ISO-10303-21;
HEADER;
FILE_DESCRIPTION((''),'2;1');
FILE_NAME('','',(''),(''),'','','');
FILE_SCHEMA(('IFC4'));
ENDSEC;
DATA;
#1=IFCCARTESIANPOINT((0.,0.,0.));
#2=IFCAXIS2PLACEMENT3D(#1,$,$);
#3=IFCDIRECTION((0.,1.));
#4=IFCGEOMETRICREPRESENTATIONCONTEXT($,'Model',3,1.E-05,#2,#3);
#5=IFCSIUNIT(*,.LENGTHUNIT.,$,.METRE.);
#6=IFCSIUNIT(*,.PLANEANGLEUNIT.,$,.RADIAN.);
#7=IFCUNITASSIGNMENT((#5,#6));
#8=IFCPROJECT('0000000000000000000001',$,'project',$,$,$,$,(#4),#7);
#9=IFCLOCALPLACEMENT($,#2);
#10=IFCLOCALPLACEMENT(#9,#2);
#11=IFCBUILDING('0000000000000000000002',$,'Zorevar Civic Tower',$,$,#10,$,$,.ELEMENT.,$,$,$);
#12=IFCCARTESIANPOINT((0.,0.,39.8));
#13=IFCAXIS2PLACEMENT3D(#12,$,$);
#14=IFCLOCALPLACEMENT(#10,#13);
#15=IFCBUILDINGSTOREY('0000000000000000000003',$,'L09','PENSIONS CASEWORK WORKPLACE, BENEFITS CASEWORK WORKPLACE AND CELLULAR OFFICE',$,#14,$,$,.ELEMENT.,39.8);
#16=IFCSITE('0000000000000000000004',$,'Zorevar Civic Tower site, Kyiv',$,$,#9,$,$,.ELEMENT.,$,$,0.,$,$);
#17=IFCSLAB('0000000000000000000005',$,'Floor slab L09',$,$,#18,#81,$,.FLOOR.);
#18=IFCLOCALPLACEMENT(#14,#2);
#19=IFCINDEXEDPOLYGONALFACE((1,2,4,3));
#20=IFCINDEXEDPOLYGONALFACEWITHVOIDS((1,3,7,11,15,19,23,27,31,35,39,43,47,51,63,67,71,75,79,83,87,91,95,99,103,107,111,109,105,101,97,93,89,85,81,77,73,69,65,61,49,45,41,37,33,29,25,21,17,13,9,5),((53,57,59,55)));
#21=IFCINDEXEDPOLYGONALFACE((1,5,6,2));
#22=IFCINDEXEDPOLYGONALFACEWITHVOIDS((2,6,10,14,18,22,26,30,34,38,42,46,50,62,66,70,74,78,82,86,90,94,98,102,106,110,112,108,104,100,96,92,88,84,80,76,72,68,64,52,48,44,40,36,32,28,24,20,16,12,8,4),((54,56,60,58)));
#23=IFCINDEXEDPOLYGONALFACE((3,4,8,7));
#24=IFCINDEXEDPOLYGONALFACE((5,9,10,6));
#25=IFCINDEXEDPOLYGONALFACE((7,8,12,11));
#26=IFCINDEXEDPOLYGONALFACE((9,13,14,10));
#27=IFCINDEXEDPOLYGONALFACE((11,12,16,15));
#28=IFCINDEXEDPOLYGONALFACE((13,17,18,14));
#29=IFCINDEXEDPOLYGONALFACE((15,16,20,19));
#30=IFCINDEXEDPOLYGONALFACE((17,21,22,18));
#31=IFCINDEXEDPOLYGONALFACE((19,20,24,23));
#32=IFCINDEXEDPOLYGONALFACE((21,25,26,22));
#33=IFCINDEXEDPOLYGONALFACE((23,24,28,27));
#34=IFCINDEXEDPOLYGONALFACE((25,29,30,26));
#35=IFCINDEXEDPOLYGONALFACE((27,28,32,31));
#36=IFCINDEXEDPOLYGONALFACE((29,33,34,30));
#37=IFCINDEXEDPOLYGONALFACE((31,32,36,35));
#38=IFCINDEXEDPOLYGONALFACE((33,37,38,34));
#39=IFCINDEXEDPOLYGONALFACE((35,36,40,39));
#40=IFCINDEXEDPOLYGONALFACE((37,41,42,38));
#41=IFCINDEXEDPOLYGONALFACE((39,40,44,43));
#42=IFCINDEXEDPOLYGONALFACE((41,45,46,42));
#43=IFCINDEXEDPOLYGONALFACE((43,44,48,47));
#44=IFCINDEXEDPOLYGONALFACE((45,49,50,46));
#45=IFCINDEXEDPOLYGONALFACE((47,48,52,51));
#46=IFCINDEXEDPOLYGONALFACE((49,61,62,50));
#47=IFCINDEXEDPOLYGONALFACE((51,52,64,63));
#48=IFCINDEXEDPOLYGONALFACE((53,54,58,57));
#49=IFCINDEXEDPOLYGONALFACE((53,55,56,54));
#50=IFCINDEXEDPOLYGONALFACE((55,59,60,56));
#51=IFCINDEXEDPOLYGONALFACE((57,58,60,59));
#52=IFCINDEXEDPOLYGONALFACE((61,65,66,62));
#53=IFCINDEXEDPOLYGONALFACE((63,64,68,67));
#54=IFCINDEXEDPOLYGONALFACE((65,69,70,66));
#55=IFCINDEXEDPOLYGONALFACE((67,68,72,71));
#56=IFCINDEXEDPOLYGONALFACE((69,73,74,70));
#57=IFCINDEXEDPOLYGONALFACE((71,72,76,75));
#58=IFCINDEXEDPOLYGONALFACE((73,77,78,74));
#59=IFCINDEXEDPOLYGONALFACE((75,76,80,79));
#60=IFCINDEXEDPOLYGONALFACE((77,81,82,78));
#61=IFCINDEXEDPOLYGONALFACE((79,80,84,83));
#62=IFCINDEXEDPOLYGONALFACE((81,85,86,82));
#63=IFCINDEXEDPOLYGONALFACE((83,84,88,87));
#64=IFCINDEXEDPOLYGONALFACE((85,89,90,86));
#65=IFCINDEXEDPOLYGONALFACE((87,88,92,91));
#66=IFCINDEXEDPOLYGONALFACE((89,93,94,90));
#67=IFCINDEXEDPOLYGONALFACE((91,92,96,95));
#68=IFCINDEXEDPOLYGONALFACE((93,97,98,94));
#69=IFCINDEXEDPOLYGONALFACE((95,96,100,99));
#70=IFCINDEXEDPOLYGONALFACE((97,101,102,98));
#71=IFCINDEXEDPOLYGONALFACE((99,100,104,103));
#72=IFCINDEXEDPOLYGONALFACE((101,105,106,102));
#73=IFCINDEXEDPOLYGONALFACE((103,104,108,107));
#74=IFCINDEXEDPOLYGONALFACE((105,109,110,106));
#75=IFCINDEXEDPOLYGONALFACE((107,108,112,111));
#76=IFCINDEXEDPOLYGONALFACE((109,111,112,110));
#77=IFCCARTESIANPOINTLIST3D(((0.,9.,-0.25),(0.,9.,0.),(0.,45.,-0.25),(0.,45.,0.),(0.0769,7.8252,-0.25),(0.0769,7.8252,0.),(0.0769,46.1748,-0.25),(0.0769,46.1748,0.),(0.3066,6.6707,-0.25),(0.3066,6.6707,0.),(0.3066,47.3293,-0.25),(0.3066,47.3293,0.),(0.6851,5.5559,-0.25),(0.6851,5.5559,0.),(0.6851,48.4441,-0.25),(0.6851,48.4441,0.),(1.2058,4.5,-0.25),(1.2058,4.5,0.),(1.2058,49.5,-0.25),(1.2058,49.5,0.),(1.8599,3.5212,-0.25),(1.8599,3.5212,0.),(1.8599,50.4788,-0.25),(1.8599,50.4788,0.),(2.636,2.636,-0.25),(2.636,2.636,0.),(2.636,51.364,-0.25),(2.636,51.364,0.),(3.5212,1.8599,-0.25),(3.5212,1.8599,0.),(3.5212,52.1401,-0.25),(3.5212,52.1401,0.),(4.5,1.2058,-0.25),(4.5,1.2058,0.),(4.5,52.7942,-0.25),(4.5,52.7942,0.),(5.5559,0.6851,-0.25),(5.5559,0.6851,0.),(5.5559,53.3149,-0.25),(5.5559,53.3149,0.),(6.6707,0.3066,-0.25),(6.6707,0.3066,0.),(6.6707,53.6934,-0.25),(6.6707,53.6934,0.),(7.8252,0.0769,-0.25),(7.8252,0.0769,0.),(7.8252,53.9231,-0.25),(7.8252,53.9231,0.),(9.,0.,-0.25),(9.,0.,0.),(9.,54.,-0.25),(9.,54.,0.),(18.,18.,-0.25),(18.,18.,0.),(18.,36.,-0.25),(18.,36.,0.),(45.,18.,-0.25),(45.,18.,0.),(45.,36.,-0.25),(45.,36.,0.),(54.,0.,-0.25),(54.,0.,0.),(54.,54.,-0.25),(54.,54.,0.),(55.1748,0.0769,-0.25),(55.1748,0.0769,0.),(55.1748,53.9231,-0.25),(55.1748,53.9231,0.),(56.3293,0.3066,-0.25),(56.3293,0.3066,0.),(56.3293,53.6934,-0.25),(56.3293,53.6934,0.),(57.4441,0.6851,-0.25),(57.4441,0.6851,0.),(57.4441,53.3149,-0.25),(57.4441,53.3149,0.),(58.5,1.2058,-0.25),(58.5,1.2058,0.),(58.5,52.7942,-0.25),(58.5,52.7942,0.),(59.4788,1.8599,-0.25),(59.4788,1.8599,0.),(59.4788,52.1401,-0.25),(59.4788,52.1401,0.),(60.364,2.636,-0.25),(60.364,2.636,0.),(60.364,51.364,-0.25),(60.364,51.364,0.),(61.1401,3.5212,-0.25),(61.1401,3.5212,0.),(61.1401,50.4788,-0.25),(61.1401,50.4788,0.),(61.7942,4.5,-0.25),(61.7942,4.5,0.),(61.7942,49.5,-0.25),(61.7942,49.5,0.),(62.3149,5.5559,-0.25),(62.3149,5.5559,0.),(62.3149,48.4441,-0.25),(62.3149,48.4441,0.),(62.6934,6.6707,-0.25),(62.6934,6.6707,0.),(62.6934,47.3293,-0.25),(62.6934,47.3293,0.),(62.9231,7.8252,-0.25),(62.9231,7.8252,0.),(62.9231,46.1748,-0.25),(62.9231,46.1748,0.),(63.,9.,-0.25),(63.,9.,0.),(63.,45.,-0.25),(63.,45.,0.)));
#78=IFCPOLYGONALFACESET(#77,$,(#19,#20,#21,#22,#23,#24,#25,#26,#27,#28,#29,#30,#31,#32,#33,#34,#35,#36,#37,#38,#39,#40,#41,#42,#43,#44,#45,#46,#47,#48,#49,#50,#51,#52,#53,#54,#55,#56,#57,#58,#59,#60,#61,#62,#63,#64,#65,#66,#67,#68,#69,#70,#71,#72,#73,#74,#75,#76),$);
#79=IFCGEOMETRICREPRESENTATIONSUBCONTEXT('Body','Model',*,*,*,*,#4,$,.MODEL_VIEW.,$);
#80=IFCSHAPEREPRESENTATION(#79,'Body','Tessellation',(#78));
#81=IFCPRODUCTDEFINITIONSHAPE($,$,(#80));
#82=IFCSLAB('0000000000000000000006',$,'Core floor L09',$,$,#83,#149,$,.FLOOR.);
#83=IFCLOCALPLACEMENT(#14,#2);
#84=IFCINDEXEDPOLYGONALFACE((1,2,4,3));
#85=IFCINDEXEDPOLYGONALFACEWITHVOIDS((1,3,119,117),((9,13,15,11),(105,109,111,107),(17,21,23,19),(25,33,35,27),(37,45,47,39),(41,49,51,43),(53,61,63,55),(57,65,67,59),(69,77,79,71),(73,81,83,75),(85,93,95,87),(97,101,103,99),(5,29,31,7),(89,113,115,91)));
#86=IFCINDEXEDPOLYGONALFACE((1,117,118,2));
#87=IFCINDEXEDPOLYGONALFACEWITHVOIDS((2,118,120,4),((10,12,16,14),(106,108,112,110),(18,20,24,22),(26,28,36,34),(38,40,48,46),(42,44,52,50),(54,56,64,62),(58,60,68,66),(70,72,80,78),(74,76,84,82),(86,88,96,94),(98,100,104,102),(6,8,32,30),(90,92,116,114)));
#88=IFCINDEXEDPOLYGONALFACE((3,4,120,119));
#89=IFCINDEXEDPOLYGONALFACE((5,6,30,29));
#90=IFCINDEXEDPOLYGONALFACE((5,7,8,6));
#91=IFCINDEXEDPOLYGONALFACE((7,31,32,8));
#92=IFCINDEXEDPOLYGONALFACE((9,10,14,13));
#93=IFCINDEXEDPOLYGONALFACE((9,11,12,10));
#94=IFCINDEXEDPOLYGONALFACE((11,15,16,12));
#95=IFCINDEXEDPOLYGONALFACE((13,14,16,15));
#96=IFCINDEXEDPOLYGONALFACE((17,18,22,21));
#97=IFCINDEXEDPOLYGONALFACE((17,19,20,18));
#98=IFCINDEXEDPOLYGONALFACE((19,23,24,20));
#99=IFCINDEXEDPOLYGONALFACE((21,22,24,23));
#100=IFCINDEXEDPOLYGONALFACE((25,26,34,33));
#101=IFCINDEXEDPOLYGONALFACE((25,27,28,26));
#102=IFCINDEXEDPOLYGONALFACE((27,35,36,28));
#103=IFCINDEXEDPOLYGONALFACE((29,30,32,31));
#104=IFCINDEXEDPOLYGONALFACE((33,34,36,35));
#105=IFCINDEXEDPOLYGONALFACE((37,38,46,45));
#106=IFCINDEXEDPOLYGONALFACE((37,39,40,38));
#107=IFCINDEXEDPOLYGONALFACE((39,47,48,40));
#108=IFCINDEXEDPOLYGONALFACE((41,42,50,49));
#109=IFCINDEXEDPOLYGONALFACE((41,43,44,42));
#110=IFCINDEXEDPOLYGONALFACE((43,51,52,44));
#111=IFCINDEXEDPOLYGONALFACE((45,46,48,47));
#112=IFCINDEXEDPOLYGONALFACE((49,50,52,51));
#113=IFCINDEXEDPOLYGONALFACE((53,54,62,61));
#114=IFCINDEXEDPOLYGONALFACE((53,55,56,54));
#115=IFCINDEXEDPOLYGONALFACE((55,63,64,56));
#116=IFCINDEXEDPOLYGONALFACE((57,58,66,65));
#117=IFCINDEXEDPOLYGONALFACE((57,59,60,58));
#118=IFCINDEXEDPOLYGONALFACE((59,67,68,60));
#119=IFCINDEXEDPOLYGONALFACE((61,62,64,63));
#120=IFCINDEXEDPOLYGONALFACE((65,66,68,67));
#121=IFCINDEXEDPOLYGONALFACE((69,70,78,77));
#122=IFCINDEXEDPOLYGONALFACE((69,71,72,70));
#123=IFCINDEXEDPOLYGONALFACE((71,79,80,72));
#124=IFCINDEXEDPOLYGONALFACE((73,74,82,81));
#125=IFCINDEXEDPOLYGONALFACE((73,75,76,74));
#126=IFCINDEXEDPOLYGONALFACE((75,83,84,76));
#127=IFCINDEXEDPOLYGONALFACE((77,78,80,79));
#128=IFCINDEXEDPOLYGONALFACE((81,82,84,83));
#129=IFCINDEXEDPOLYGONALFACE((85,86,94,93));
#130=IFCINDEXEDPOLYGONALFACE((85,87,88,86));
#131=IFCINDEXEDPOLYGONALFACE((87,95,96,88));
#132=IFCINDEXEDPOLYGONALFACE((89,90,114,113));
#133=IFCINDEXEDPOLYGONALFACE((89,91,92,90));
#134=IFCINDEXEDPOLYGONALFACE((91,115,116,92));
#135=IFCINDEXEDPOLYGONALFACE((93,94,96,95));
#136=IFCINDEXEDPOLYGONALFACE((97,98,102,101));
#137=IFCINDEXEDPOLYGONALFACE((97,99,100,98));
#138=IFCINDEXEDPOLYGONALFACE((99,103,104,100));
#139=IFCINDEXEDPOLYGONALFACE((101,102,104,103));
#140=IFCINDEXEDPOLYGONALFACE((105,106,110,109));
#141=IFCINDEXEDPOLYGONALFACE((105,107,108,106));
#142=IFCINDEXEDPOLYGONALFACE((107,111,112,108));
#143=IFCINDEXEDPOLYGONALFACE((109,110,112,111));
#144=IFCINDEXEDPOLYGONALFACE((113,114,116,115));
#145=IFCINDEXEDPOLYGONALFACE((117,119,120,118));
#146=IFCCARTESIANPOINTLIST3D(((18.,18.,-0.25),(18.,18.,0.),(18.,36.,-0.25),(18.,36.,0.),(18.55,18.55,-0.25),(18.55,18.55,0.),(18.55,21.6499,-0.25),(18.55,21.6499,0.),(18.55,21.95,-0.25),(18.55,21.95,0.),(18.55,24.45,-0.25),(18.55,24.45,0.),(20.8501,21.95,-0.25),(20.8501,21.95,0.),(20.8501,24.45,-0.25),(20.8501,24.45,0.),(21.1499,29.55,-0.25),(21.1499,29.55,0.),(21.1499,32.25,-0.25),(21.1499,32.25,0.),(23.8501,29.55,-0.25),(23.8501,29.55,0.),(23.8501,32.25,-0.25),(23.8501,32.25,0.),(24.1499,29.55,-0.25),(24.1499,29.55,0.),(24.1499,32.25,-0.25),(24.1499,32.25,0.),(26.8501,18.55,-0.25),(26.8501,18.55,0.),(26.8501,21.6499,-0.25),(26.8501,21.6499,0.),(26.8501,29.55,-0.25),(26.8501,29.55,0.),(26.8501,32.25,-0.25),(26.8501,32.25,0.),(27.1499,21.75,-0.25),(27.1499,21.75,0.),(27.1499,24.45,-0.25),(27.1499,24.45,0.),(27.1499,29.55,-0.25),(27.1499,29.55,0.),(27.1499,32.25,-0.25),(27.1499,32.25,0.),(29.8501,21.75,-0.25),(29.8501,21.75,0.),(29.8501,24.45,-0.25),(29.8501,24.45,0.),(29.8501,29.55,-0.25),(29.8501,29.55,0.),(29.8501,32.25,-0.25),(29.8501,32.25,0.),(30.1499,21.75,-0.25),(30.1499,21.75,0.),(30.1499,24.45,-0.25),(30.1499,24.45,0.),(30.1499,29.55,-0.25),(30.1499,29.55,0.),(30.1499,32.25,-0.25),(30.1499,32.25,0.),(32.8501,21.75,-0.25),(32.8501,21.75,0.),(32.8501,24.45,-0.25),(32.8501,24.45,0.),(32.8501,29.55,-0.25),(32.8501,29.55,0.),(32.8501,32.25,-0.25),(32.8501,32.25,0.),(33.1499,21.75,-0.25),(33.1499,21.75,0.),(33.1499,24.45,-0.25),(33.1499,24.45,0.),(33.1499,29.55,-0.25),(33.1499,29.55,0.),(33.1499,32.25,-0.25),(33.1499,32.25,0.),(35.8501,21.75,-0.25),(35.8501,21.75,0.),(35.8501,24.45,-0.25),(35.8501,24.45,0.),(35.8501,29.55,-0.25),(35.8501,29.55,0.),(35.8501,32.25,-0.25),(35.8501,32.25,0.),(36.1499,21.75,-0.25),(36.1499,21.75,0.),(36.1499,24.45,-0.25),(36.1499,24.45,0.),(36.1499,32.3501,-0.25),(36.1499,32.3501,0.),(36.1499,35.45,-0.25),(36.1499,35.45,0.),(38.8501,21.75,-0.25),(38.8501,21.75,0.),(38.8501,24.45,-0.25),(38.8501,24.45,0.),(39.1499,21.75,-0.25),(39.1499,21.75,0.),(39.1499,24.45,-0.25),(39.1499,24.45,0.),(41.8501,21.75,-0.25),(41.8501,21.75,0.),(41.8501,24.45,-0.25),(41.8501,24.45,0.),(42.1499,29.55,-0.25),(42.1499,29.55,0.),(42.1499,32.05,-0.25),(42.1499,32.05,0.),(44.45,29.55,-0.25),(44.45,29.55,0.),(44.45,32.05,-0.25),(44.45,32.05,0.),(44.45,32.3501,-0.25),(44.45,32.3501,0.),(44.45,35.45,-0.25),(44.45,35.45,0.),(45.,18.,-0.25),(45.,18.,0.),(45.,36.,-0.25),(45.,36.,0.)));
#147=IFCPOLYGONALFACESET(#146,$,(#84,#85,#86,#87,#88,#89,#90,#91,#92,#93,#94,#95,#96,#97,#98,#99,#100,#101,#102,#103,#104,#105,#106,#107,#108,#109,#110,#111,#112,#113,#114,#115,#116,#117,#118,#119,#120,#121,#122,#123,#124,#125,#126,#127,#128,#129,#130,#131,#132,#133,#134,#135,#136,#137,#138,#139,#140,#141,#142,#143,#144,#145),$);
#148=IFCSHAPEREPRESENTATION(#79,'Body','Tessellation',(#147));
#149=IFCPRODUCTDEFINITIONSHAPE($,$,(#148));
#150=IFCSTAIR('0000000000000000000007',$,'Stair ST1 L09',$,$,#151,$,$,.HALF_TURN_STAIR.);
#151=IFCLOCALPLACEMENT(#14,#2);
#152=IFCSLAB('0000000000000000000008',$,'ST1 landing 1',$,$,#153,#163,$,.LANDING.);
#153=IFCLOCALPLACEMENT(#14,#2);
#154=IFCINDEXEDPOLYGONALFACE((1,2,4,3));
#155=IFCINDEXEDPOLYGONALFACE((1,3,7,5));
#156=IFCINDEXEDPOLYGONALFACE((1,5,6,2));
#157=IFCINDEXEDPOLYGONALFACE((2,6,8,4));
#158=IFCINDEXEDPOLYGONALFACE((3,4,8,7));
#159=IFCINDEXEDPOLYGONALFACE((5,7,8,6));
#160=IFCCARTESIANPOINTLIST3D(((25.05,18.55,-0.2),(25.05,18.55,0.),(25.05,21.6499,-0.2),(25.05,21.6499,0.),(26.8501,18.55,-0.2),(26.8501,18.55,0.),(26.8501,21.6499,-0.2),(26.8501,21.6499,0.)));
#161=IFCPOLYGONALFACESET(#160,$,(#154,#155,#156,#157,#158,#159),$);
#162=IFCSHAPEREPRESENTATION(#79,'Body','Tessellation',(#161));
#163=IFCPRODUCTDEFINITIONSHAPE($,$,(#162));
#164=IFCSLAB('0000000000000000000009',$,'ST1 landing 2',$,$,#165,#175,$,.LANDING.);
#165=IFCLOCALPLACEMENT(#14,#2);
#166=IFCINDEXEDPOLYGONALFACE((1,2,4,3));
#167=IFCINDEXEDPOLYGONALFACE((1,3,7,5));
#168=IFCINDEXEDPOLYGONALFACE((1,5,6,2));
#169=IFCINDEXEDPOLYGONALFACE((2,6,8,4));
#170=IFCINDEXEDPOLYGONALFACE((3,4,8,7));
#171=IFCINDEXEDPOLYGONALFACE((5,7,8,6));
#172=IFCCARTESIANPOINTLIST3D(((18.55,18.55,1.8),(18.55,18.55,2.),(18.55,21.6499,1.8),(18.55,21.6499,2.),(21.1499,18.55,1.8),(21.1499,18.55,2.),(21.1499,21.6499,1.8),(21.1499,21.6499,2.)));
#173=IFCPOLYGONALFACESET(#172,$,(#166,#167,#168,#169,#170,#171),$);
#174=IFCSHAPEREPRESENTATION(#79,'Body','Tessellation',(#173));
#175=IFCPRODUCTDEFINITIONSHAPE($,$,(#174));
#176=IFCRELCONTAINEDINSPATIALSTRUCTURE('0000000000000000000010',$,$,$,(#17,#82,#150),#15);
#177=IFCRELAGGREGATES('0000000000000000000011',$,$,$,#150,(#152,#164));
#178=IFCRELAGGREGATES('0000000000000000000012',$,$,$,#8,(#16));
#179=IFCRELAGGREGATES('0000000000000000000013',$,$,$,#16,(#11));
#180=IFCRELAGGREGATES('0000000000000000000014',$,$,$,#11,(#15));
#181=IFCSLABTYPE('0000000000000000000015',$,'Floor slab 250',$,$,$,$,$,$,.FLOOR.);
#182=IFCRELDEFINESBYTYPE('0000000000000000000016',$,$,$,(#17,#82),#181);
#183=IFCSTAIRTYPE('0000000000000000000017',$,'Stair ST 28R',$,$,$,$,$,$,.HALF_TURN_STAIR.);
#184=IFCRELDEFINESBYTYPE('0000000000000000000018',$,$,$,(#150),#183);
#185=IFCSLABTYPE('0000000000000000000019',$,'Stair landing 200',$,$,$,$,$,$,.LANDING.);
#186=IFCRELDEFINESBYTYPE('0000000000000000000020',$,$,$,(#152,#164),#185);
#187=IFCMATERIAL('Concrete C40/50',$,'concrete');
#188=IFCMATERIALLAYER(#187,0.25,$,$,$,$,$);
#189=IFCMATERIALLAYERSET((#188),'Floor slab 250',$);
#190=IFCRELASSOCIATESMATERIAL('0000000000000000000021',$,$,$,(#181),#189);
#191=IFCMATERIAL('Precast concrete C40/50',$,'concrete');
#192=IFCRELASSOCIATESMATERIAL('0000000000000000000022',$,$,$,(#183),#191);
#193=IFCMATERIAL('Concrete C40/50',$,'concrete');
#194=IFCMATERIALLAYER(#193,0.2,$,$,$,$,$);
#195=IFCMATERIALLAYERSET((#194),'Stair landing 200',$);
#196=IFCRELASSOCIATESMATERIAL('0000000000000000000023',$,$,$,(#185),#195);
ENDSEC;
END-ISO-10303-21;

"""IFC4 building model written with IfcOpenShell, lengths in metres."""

from ifc_helpers import new_model, si_unit, direction, frame, origin, place, context, subcontext, project, spatial, polyline, outline, extrude, material, layer, layer_set, type_object, element, aggregate, save


model = new_model("IFC4")

# Units and contexts
model_context = context("Model", 3, precision=1e-05, world=origin(), true_north=direction((0.0, 1.0)))
body_context = subcontext(model_context, "Body", "Model", "MODEL_VIEW")
ifc_project = project(units=[si_unit("LENGTHUNIT", "METRE"), si_unit("PLANEANGLEUNIT", "RADIAN")], contexts=[model_context])

# Site, building, storey
site_placement = place(None, origin())
site = spatial("IfcSite", under=ifc_project, at=site_placement, Name="Zorevar Civic Tower site, Kyiv", CompositionType="ELEMENT", RefElevation=0.0)
building_placement = place(site_placement, origin())
building = spatial("IfcBuilding", under=site, at=building_placement, Name="Zorevar Civic Tower", CompositionType="ELEMENT")
storey_placement = place(building_placement, frame((0.0, 0.0, 39.8)))
storey = spatial("IfcBuildingStorey", under=building, at=storey_placement, Name="L09", Description="PENSIONS CASEWORK WORKPLACE, BENEFITS CASEWORK WORKPLACE AND CELLULAR OFFICE", CompositionType="ELEMENT", Elevation=39.8)

# Slabs
ifc_material_1 = material(Name="Concrete C40/50", Category="concrete")
ifc_layer_1 = layer(ifc_material_1, 0.25)
ifc_layer_set_1 = layer_set([ifc_layer_1], Name="Floor slab 250")
slab_type_1 = type_object("IfcSlabType", Name="Floor slab 250", PredefinedType="FLOOR", material=ifc_layer_set_1)
slab_1_placement = place(storey_placement, frame((0.0, 0.0, -0.25)))
element("IfcSlab", 1, at=slab_1_placement, inside=storey, type_object=slab_type_1, Name="Floor slab L09", PredefinedType="FLOOR", context=body_context, shape_type="SweptSolid", body=[
    extrude(outline(polyline([(54.0, 0.0), (55.1748, 0.0769), (56.3293, 0.3066), (57.4441, 0.6851), (58.5, 1.2058), (59.4788, 1.8599), (60.364, 2.636), (61.1401, 3.5212), (61.7942, 4.5), (62.3149, 5.5559), (62.6934, 6.6707), (62.9231, 7.8252), (63.0, 9.0), (63.0, 45.0), (62.9231, 46.1748), (62.6934, 47.3293), (62.3149, 48.4441), (61.7942, 49.5), (61.1401, 50.4788), (60.364, 51.364), (59.4788, 52.1401), (58.5, 52.7942), (57.4441, 53.3149), (56.3293, 53.6934), (55.1748, 53.9231), (54.0, 54.0), (9.0, 54.0), (7.8252, 53.9231), (6.6707, 53.6934), (5.5559, 53.3149), (4.5, 52.7942), (3.5212, 52.1401), (2.636, 51.364), (1.8599, 50.4788), (1.2058, 49.5), (0.6851, 48.4441), (0.3066, 47.3293), (0.0769, 46.1748), (0.0, 45.0), (0.0, 9.0), (0.0769, 7.8252), (0.3066, 6.6707), (0.6851, 5.5559), (1.2058, 4.5), (1.8599, 3.5212), (2.636, 2.636), (3.5212, 1.8599), (4.5, 1.2058), (5.5559, 0.6851), (6.6707, 0.3066), (7.8252, 0.0769), (9.0, 0.0), (54.0, 0.0)]), holes=[polyline([(18.0, 18.0), (45.0, 18.0), (45.0, 36.0), (18.0, 36.0), (18.0, 18.0)])]), origin(), (0.0, 0.0, 1.0), 0.25),
])
slab_2_placement = place(storey_placement, frame((0.0, 0.0, -0.25)))
element("IfcSlab", 2, at=slab_2_placement, inside=storey, type_object=slab_type_1, Name="Core floor L09", PredefinedType="FLOOR", context=body_context, shape_type="SweptSolid", body=[
    extrude(outline(polyline([(18.0, 18.0), (45.0, 18.0), (45.0, 36.0), (18.0, 36.0), (18.0, 18.0)]), holes=[polyline([(18.55, 18.55), (26.8501, 18.55), (26.8501, 21.6499), (18.55, 21.6499), (18.55, 18.55)]), polyline([(36.1499, 32.3501), (44.45, 32.3501), (44.45, 35.45), (36.1499, 35.45), (36.1499, 32.3501)]), polyline([(18.55, 21.95), (20.8501, 21.95), (20.8501, 24.45), (18.55, 24.45), (18.55, 21.95)]), polyline([(42.1499, 29.55), (44.45, 29.55), (44.45, 32.05), (42.1499, 32.05), (42.1499, 29.55)]), polyline([(27.1499, 21.75), (29.8501, 21.75), (29.8501, 24.45), (27.1499, 24.45), (27.1499, 21.75)]), polyline([(33.1499, 29.55), (35.8501, 29.55), (35.8501, 32.25), (33.1499, 32.25), (33.1499, 29.55)]), polyline([(30.1499, 21.75), (32.8501, 21.75), (32.8501, 24.45), (30.1499, 24.45), (30.1499, 21.75)]), polyline([(30.1499, 29.55), (32.8501, 29.55), (32.8501, 32.25), (30.1499, 32.25), (30.1499, 29.55)]), polyline([(33.1499, 21.75), (35.8501, 21.75), (35.8501, 24.45), (33.1499, 24.45), (33.1499, 21.75)]), polyline([(27.1499, 29.55), (29.8501, 29.55), (29.8501, 32.25), (27.1499, 32.25), (27.1499, 29.55)]), polyline([(36.1499, 21.75), (38.8501, 21.75), (38.8501, 24.45), (36.1499, 24.45), (36.1499, 21.75)]), polyline([(24.1499, 29.55), (26.8501, 29.55), (26.8501, 32.25), (24.1499, 32.25), (24.1499, 29.55)]), polyline([(39.1499, 21.75), (41.8501, 21.75), (41.8501, 24.45), (39.1499, 24.45), (39.1499, 21.75)]), polyline([(21.1499, 29.55), (23.8501, 29.55), (23.8501, 32.25), (21.1499, 32.25), (21.1499, 29.55)])]), origin(), (0.0, 0.0, 1.0), 0.25),
])

# Stair, slabs
ifc_material_2 = material(Name="Precast concrete C40/50", Category="concrete")
stair_type = type_object("IfcStairType", Name="Stair ST 28R", PredefinedType="HALF_TURN_STAIR", material=ifc_material_2)
stair_1_placement = place(storey_placement, origin())
stair_1 = element("IfcStair", 3, at=stair_1_placement, inside=storey, type_object=stair_type, Name="Stair ST1 L09", PredefinedType="HALF_TURN_STAIR")
ifc_material_3 = material(Name="Concrete C40/50", Category="concrete")
ifc_layer_2 = layer(ifc_material_3, 0.2)
ifc_layer_set_2 = layer_set([ifc_layer_2], Name="Stair landing 200")
slab_type_2 = type_object("IfcSlabType", Name="Stair landing 200", PredefinedType="LANDING", material=ifc_layer_set_2)
slab_3_placement = place(storey_placement, frame((0.0, 0.0, -0.2)))
slab_3 = element("IfcSlab", 4, at=slab_3_placement, type_object=slab_type_2, Name="ST1 landing 1", PredefinedType="LANDING", context=body_context, shape_type="SweptSolid", body=[
    extrude(outline(polyline([(25.05, 18.55), (26.8501, 18.55), (26.8501, 21.6499), (25.05, 21.6499), (25.05, 18.55)])), origin(), (0.0, 0.0, 1.0), 0.2),
])
slab_4_placement = place(storey_placement, frame((0.0, 0.0, 1.8)))
slab_4 = element("IfcSlab", 5, at=slab_4_placement, type_object=slab_type_2, Name="ST1 landing 2", PredefinedType="LANDING", context=body_context, shape_type="SweptSolid", body=[
    extrude(outline(polyline([(18.55, 18.55), (21.1499, 18.55), (21.1499, 21.6499), (18.55, 21.6499), (18.55, 18.55)])), origin(), (0.0, 0.0, 1.0), 0.2),
])
aggregate(stair_1, [slab_3, slab_4])

save(model, "model.ifc")
